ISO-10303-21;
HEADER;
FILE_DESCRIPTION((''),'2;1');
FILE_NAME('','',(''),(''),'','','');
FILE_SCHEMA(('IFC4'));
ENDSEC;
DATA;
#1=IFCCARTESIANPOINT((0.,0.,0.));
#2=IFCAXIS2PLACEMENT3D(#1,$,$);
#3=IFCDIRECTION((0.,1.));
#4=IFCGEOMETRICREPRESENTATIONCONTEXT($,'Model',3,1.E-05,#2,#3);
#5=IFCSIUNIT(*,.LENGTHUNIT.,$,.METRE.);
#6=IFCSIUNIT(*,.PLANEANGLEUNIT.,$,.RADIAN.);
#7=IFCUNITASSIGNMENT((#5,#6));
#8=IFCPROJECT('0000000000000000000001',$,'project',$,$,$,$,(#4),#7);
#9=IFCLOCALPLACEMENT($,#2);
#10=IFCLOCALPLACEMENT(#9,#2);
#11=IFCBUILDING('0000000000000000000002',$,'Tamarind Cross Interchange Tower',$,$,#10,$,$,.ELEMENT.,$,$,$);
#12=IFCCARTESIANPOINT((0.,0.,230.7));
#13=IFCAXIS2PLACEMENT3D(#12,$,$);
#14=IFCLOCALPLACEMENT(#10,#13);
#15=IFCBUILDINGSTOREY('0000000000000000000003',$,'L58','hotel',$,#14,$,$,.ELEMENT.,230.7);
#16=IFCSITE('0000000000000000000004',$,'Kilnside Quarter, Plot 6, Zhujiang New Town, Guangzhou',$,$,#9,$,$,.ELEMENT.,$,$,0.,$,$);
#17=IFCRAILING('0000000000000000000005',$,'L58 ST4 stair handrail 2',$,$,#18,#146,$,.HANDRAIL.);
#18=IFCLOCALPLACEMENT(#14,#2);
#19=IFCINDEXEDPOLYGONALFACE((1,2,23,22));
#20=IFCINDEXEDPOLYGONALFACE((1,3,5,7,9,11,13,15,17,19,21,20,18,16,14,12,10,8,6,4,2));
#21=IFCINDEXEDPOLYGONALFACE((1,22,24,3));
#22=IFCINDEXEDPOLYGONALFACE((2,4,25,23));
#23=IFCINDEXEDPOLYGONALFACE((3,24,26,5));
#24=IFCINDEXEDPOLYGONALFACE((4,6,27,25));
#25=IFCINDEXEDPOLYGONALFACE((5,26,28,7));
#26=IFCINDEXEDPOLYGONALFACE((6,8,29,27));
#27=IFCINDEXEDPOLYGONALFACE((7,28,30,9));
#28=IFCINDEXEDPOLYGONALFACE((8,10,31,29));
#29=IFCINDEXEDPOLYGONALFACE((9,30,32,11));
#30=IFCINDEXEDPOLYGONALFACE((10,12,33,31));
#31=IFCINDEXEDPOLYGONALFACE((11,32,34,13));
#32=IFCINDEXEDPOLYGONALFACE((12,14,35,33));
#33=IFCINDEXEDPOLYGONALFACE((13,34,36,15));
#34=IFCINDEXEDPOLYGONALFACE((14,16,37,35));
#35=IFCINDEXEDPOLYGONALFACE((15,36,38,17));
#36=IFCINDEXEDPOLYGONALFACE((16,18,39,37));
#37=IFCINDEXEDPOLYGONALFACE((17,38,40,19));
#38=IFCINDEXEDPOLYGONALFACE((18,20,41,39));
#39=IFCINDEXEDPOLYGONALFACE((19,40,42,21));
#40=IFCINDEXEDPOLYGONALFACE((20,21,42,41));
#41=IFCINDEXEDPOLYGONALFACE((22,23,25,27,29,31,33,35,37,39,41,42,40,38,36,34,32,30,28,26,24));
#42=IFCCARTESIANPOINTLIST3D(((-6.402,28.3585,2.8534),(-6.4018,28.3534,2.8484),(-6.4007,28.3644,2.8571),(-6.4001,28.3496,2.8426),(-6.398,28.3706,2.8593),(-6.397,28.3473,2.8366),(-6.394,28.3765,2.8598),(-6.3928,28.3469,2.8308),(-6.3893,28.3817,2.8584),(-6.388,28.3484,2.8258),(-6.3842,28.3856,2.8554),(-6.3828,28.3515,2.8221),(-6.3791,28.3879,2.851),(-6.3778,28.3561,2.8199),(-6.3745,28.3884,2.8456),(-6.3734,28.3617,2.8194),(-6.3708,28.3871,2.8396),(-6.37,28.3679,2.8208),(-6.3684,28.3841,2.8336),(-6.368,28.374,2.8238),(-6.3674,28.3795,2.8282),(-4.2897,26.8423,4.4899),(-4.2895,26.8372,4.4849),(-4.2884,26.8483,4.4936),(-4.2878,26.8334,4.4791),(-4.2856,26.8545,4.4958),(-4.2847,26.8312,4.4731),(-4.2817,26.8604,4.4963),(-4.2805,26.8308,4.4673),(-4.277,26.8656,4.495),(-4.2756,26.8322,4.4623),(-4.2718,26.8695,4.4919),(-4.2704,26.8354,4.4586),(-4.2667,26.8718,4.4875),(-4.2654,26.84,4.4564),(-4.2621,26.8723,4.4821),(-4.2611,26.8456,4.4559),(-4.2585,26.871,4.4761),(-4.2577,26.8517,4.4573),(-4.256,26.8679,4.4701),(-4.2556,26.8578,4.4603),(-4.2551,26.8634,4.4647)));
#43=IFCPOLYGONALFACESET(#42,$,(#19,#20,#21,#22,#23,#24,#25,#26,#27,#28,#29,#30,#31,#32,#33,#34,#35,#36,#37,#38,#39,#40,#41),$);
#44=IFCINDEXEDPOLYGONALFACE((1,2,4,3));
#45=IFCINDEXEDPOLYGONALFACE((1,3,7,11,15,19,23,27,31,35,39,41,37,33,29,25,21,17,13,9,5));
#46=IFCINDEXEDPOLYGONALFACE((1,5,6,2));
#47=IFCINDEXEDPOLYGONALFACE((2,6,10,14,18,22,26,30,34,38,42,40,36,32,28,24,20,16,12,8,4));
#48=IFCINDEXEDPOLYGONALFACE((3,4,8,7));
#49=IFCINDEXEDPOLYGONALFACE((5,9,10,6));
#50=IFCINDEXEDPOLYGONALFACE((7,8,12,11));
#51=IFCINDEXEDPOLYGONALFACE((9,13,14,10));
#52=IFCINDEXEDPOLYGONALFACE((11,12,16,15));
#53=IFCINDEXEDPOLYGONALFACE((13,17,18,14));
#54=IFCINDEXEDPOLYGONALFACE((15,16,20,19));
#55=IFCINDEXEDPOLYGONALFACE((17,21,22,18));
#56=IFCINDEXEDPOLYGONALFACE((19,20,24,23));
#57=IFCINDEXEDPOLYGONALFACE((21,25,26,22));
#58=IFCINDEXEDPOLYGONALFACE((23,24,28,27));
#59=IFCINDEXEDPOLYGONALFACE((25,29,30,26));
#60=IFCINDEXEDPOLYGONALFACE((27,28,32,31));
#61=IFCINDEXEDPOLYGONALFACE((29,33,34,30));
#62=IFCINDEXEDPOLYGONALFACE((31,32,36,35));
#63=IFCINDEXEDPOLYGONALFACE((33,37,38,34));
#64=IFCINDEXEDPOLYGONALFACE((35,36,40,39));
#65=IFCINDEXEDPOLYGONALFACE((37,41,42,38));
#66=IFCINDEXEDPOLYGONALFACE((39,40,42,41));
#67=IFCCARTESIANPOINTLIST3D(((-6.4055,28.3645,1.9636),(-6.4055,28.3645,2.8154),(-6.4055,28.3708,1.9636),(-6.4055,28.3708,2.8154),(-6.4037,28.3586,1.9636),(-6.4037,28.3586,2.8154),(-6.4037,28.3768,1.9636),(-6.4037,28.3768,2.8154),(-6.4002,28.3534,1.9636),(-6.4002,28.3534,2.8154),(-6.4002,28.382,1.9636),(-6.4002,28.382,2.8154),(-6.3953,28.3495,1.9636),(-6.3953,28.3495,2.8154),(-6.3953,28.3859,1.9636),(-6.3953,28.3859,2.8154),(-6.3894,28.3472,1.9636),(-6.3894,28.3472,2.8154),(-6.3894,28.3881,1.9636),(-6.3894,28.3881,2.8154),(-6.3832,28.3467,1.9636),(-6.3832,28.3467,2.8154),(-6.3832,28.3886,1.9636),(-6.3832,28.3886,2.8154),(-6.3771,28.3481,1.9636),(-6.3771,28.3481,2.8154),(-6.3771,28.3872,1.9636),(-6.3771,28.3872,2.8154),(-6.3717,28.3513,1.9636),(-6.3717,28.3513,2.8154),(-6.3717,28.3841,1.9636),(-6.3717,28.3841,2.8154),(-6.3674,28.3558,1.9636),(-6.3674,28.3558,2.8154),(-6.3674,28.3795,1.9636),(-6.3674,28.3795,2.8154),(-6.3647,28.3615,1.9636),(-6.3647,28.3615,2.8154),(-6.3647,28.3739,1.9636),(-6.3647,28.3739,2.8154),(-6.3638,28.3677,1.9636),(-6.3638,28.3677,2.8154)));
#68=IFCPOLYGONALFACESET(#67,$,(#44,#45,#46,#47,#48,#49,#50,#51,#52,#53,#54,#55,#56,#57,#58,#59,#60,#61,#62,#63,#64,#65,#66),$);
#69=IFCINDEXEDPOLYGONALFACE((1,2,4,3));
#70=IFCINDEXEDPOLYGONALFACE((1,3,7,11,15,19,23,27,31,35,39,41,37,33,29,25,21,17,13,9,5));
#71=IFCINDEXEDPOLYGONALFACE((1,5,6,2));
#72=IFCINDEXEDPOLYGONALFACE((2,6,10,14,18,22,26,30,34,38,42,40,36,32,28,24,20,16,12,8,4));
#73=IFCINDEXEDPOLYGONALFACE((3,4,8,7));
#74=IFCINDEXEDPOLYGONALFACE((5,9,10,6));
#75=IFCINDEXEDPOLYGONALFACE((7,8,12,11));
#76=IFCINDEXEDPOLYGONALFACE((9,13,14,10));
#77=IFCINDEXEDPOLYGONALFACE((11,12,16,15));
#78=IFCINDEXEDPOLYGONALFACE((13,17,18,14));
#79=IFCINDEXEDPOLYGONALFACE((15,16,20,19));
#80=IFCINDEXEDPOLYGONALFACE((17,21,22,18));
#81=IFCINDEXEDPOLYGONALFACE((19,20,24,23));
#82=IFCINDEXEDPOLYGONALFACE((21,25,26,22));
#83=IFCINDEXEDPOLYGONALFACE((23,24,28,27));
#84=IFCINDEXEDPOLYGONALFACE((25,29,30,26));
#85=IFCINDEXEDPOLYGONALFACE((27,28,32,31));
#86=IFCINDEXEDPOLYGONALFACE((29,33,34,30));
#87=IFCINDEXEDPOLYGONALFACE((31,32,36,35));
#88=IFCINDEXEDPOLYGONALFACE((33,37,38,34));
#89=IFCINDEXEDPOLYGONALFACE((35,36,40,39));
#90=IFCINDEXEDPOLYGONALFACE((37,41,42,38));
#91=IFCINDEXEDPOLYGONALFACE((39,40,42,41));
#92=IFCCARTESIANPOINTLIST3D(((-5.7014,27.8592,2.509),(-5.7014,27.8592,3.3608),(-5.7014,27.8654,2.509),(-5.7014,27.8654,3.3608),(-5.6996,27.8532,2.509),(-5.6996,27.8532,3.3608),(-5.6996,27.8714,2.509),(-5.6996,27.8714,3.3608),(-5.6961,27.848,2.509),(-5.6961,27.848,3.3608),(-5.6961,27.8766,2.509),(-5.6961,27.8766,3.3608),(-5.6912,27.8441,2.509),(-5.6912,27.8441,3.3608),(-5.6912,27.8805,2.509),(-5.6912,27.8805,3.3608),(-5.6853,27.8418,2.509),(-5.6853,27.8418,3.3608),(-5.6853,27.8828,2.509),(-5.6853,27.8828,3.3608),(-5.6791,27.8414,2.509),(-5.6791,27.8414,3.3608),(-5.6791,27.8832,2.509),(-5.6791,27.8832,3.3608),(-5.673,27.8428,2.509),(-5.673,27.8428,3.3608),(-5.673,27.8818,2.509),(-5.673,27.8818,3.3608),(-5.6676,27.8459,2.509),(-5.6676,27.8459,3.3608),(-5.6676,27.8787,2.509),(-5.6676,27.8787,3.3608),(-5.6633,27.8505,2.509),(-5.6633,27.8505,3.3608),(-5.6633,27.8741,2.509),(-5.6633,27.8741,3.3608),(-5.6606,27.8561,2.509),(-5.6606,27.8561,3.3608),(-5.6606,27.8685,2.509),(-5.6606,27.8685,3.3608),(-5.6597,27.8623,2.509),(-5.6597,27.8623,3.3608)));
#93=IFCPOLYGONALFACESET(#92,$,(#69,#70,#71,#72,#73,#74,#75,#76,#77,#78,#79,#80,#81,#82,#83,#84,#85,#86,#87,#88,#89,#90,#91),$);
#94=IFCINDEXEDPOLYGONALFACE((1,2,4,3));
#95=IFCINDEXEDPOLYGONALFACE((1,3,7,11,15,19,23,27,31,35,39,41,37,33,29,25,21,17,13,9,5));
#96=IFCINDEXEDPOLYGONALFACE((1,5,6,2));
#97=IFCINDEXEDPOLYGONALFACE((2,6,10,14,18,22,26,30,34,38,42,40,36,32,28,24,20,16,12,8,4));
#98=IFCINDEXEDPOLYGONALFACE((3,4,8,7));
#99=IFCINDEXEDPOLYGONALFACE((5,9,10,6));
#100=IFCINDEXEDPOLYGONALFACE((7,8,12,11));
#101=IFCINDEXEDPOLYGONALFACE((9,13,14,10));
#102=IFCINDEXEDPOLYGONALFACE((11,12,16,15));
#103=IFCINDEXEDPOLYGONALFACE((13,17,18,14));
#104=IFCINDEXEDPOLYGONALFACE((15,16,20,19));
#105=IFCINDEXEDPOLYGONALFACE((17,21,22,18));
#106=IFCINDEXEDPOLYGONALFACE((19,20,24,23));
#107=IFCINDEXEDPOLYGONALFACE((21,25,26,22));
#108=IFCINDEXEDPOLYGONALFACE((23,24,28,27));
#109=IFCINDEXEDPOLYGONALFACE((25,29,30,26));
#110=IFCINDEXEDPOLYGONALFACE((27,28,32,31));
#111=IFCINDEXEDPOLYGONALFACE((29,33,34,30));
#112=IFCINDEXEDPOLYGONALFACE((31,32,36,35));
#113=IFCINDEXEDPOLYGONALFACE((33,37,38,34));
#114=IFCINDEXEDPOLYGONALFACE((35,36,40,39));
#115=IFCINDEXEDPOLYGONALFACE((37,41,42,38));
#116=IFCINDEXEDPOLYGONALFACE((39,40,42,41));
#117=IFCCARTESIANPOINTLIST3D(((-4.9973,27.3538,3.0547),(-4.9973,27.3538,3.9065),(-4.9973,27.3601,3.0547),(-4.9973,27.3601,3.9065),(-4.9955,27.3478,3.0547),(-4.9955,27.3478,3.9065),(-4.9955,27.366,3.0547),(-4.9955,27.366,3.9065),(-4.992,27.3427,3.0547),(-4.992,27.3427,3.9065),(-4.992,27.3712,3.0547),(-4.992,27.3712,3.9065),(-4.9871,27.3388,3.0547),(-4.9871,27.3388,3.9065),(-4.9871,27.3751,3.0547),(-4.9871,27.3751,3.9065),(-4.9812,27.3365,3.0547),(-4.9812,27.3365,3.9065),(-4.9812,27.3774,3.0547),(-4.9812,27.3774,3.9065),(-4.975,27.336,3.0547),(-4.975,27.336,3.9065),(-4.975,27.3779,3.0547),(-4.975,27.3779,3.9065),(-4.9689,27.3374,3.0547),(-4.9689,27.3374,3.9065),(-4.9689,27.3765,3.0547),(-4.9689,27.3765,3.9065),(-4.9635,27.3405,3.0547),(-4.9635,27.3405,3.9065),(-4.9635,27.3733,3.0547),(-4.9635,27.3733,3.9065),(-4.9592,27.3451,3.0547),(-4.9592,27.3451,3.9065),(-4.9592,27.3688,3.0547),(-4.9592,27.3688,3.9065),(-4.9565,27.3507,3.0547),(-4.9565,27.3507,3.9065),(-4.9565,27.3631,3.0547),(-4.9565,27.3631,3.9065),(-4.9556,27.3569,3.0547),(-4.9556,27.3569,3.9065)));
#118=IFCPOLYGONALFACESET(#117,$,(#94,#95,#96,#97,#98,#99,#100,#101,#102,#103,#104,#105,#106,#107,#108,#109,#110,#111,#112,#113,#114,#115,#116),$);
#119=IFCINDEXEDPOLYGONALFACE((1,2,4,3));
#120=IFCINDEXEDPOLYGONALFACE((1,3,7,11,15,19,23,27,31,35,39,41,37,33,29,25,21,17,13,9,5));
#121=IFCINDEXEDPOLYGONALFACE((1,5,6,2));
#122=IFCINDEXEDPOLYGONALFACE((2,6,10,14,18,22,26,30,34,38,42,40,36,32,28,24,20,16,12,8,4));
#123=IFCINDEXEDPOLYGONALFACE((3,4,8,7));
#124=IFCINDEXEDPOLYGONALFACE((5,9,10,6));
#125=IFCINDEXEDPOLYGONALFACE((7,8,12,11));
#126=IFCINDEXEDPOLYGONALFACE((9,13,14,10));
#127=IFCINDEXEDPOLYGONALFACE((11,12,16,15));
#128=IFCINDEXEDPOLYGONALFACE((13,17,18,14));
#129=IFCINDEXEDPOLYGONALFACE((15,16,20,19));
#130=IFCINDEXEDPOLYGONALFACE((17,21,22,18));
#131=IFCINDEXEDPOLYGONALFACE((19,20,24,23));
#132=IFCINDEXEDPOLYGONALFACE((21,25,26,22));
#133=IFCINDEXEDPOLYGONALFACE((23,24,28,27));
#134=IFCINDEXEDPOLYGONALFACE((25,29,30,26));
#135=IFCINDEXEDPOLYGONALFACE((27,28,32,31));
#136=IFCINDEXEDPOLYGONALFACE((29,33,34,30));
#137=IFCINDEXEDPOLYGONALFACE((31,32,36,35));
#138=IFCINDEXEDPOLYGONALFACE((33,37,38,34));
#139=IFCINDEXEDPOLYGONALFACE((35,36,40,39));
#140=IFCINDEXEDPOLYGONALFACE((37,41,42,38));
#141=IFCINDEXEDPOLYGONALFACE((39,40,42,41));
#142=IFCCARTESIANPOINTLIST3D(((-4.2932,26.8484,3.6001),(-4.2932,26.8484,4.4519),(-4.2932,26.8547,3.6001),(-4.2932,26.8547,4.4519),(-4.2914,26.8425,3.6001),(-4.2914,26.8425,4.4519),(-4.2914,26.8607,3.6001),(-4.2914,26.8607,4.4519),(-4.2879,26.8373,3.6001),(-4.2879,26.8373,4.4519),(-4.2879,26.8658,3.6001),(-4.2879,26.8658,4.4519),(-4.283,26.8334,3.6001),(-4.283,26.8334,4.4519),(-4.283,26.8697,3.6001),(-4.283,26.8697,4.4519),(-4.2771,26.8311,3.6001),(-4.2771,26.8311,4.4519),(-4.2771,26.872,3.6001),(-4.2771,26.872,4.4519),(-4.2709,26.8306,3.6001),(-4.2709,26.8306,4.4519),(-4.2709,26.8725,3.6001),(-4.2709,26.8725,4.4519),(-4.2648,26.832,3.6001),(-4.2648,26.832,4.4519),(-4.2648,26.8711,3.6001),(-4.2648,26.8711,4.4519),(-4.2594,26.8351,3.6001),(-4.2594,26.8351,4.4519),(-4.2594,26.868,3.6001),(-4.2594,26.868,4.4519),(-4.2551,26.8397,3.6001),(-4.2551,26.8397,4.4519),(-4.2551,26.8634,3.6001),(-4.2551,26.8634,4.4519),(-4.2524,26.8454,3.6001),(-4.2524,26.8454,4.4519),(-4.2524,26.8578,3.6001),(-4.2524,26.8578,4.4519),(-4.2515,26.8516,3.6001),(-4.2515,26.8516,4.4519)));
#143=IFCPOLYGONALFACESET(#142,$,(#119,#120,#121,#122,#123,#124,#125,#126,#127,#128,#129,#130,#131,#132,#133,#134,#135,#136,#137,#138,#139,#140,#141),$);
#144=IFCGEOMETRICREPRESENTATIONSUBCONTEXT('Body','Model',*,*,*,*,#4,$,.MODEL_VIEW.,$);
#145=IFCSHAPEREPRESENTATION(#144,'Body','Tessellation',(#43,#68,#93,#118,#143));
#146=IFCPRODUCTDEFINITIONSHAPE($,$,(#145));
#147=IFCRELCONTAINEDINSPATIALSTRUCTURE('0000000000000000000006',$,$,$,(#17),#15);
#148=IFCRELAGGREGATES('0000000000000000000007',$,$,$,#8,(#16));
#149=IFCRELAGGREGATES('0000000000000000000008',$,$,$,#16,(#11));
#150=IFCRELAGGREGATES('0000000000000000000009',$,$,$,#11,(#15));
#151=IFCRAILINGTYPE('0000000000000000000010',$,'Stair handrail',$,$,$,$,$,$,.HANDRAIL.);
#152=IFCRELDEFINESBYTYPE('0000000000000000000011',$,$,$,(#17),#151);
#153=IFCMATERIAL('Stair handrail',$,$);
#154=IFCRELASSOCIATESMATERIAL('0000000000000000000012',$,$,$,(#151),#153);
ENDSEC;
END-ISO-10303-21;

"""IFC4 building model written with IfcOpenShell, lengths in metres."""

from ifc_helpers import new_model, si_unit, direction, frame, origin, origin_2d, place, context, subcontext, project, spatial, circle, extrude, material, type_object, element, save


model = new_model("IFC4")

# Units and contexts
model_context = context("Model", 3, precision=1e-05, world=origin(), true_north=direction((0.0, 1.0)))
body_context = subcontext(model_context, "Body", "Model", "MODEL_VIEW")
ifc_project = project(units=[si_unit("LENGTHUNIT", "METRE"), si_unit("PLANEANGLEUNIT", "RADIAN")], contexts=[model_context])

# Site, building, storey
site_placement = place(None, origin())
site = spatial("IfcSite", under=ifc_project, at=site_placement, Name="Kilnside Quarter, Plot 6, Zhujiang New Town, Guangzhou", CompositionType="ELEMENT", RefElevation=0.0)
building_placement = place(site_placement, origin())
building = spatial("IfcBuilding", under=site, at=building_placement, Name="Tamarind Cross Interchange Tower", CompositionType="ELEMENT")
storey_placement = place(building_placement, frame((0.0, 0.0, 230.7)))
storey = spatial("IfcBuildingStorey", under=building, at=storey_placement, Name="L58", Description="hotel", CompositionType="ELEMENT", Elevation=230.7)

# Railing
ifc_material_1 = material(Name="Stair handrail")
railing_type = type_object("IfcRailingType", Name="Stair handrail", PredefinedType="HANDRAIL", material=ifc_material_1)
railing_placement = place(storey_placement, frame((-6.3848, 28.3677, 1.9636)))
element("IfcRailing", 1, at=railing_placement, inside=storey, type_object=railing_type, Name="L58 ST4 stair handrail 2", PredefinedType="HANDRAIL", context=body_context, shape_type="SweptSolid", body=[
    extrude(circle(Radius=0.0239, at=origin_2d()), frame((0.0, 0.0, 0.876), z_axis=(0.687552, -0.493493, 0.53267), x_axis=(0.583102, 0.812399, 0.0)), (0.0, 0.0, 1.0), 3.0723),
    extrude(circle(Radius=0.021, at=origin_2d()), origin(), (0.0, 0.0, 1.0), 0.8518),
    extrude(circle(Radius=0.021, at=origin_2d()), frame((0.7041, -0.5054, 0.5454)), (0.0, 0.0, 1.0), 0.8518),
    extrude(circle(Radius=0.021, at=origin_2d()), frame((1.4082, -1.0107, 1.0911)), (0.0, 0.0, 1.0), 0.8518),
    extrude(circle(Radius=0.021, at=origin_2d()), frame((2.1123, -1.5161, 1.6365)), (0.0, 0.0, 1.0), 0.8518),
])

save(model, "model.ifc")
